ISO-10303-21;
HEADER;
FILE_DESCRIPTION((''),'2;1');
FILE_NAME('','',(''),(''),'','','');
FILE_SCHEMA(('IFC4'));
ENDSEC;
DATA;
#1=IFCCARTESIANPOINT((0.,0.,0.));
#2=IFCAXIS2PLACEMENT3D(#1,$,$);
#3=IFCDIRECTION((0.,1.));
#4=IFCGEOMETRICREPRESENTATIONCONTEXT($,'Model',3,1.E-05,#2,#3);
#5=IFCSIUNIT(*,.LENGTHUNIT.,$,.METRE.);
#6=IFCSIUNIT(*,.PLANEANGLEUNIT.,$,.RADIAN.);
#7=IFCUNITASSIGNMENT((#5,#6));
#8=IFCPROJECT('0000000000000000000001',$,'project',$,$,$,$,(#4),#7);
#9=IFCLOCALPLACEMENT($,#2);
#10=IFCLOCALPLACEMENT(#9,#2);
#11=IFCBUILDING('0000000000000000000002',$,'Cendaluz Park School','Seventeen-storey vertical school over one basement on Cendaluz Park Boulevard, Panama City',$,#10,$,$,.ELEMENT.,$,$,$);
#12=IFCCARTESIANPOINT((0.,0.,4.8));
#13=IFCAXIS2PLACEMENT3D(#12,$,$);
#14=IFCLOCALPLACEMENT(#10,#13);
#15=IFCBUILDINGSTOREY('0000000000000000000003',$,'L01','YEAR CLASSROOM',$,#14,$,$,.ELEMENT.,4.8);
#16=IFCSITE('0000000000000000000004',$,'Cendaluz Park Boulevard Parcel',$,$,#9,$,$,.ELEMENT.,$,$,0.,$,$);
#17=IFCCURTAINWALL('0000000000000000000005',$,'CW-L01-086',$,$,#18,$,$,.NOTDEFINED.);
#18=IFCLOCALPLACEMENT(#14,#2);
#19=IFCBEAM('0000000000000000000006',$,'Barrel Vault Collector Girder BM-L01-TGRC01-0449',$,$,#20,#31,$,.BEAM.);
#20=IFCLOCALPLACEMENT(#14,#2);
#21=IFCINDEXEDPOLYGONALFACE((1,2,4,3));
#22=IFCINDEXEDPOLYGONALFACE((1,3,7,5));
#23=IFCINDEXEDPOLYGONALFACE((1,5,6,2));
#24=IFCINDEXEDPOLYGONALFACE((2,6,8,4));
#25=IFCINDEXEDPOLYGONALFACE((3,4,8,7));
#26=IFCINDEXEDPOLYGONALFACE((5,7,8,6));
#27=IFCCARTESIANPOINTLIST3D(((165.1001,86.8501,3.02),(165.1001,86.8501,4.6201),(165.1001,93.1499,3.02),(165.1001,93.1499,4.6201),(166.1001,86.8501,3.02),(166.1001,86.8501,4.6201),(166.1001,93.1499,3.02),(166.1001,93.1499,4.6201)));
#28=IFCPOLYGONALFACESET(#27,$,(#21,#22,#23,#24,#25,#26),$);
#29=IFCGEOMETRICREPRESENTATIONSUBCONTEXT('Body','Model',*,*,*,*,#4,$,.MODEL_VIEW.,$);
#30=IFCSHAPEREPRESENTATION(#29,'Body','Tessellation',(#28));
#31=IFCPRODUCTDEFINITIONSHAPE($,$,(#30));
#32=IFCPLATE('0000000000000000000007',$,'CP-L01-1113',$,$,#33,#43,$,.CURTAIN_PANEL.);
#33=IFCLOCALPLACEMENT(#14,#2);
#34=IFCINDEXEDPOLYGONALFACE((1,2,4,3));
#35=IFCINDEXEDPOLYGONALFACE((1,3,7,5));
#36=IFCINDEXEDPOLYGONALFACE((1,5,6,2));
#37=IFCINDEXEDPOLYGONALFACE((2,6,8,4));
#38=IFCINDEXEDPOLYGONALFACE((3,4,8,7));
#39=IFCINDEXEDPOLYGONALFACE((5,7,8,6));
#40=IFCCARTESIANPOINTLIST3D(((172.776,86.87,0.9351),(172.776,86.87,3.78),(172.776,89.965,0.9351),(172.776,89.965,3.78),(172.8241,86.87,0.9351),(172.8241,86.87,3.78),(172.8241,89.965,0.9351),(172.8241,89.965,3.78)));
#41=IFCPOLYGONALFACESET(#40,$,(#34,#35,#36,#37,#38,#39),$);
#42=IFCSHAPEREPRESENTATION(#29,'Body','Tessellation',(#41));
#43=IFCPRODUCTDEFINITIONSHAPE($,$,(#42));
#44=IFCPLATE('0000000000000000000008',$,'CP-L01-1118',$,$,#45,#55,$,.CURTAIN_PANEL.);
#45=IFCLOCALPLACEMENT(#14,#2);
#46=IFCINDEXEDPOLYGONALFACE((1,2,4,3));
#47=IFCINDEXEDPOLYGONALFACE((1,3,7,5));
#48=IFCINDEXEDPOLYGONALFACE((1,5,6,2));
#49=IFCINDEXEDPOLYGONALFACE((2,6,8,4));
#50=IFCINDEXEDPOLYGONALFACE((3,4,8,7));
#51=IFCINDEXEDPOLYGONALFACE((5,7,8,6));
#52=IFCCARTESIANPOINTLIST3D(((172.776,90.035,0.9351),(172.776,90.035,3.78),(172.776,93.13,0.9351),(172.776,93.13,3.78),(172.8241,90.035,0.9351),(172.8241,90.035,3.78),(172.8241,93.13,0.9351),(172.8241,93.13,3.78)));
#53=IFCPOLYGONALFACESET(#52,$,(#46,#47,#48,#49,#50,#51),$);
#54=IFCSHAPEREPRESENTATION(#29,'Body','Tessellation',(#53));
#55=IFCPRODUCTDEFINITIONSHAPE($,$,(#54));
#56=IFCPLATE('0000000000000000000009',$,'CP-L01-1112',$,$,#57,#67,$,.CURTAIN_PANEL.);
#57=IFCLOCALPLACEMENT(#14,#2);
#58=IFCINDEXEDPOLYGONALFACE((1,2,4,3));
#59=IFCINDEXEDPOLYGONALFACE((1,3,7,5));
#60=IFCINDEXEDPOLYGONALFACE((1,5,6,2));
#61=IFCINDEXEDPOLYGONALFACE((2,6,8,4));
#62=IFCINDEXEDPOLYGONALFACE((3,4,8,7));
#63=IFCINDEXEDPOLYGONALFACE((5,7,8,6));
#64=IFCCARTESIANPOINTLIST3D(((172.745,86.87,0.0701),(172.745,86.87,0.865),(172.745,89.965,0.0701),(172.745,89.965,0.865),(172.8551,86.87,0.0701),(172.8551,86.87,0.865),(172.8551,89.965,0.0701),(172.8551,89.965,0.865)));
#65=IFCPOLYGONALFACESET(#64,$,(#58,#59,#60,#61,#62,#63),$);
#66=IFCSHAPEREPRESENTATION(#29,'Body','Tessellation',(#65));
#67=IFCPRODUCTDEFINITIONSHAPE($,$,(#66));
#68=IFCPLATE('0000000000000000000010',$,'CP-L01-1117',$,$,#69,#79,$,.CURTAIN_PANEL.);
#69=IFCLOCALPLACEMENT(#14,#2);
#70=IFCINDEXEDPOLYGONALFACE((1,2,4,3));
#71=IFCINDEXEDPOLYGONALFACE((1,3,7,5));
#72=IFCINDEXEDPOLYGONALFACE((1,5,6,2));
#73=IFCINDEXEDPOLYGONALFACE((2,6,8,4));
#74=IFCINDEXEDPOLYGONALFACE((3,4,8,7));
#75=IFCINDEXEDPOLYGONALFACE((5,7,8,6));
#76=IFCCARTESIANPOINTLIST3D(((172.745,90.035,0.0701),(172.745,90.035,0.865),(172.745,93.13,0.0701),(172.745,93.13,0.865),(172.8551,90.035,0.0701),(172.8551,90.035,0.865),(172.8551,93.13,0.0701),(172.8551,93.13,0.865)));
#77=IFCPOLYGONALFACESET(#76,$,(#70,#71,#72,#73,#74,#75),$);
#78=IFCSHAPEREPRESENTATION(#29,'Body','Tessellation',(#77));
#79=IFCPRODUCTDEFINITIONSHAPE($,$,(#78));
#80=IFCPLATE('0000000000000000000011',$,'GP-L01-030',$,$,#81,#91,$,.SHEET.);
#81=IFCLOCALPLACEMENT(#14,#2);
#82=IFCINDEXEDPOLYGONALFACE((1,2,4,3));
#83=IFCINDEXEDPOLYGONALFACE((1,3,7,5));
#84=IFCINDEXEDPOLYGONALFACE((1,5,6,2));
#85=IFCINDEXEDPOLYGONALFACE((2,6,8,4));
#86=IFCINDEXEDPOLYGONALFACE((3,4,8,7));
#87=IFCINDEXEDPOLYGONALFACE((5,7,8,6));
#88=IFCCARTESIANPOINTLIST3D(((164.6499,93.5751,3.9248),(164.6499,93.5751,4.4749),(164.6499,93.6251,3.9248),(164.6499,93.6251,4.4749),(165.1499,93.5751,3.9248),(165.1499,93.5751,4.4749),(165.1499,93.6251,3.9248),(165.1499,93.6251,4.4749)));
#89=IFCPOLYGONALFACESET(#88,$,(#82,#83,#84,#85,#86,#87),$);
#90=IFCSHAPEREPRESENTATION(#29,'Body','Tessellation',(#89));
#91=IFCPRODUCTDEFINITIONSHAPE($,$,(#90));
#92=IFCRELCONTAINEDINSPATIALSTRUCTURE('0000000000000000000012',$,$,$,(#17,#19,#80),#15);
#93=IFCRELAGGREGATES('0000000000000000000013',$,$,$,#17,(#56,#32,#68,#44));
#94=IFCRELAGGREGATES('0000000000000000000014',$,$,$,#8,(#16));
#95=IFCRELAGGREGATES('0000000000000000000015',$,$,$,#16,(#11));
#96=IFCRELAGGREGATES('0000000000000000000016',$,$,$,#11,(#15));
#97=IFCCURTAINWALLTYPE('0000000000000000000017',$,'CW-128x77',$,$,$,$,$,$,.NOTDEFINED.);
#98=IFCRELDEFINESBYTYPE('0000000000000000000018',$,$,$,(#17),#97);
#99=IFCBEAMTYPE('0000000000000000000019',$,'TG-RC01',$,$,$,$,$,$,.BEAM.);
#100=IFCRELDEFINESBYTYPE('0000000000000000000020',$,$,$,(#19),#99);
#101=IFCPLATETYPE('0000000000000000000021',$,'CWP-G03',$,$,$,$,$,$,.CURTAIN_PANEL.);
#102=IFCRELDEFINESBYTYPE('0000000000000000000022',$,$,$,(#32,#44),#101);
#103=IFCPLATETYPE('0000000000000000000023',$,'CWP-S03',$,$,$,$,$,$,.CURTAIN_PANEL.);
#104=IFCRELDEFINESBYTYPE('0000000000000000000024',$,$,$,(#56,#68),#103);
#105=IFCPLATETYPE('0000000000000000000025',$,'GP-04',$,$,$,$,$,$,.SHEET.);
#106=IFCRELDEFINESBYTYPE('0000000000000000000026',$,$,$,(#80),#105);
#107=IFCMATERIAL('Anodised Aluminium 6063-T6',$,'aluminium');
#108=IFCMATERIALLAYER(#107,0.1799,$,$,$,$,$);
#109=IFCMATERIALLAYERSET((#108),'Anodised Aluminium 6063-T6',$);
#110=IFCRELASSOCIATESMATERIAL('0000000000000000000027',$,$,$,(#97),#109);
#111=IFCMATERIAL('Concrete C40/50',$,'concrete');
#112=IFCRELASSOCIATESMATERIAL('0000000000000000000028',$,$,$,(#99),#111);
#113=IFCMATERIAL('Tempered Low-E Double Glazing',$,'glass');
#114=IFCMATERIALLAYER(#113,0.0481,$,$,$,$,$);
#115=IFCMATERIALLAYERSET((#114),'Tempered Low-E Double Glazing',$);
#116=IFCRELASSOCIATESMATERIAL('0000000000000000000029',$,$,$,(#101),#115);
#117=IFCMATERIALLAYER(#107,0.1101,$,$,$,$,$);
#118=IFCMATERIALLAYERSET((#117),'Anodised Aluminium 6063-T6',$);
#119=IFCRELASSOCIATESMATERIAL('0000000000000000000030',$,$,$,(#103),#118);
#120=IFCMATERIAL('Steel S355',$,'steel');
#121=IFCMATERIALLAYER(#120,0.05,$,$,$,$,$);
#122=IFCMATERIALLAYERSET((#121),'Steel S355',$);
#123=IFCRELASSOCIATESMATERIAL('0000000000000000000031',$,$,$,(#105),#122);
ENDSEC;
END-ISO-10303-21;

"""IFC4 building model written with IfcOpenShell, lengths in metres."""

from ifc_helpers import new_model, si_unit, direction, frame, origin, origin_2d, place, context, subcontext, project, spatial, rectangle, extrude, material, layer, layer_set, material_profile, profile_set, type_object, element, aggregate, save


model = new_model("IFC4")

# Units and contexts
model_context = context("Model", 3, precision=1e-05, world=origin(), true_north=direction((0.0, 1.0)))
body_context = subcontext(model_context, "Body", "Model", "MODEL_VIEW")
ifc_project = project(units=[si_unit("LENGTHUNIT", "METRE"), si_unit("PLANEANGLEUNIT", "RADIAN")], contexts=[model_context])

# Site, building, storey
site_placement = place(None, origin())
site = spatial("IfcSite", under=ifc_project, at=site_placement, Name="Cendaluz Park Boulevard Parcel", CompositionType="ELEMENT", RefElevation=0.0)
building_placement = place(site_placement, origin())
building = spatial("IfcBuilding", under=site, at=building_placement, Name="Cendaluz Park School", Description="Seventeen-storey vertical school over one basement on Cendaluz Park Boulevard, Panama City", CompositionType="ELEMENT")
storey_placement = place(building_placement, frame((0.0, 0.0, 4.8)))
storey = spatial("IfcBuildingStorey", under=building, at=storey_placement, Name="L01", Description="YEAR CLASSROOM", CompositionType="ELEMENT", Elevation=4.8)

# Shared definitions
ifc_material_1 = material(Name="Concrete C40/50", Category="concrete")

# Curtain wall
ifc_material_2 = material(Name="Anodised Aluminium 6063-T6", Category="aluminium")
ifc_layer_1 = layer(ifc_material_2, 0.1799)
ifc_layer_set_1 = layer_set([ifc_layer_1], Name="Anodised Aluminium 6063-T6")
curtain_wall_type = type_object("IfcCurtainWallType", Name="CW-128x77", PredefinedType="NOTDEFINED", material=ifc_layer_set_1)
curtain_wall_placement = place(storey_placement, origin())
curtain_wall = element("IfcCurtainWall", 1, at=curtain_wall_placement, inside=storey, type_object=curtain_wall_type, Name="CW-L01-086", PredefinedType="NOTDEFINED")

# Beam
ifc_material_profile_1 = material_profile(ifc_material_1, rectangle(XDim=1.0, YDim=1.6001, at=origin_2d()), Name="RC 1000x1600", Category="concrete")
ifc_profile_set_1 = profile_set([ifc_material_profile_1], Name="Concrete C40/50")
beam_type_1 = type_object("IfcBeamType", Name="TG-RC01", PredefinedType="BEAM", material=ifc_profile_set_1)
beam_1_placement = place(storey_placement, frame((165.6001, 86.8501, 3.8201), z_axis=(0.0, 1.0, 0.0), x_axis=(-1.0, 0.0, 0.0)))
element("IfcBeam", 2, at=beam_1_placement, inside=storey, type_object=beam_type_1, Name="Barrel Vault Collector Girder BM-L01-TGRC01-0449", PredefinedType="BEAM", context=body_context, shape_type="SweptSolid", body=[
    extrude(rectangle(XDim=1.0, YDim=1.6001, at=origin_2d()), origin(), (0.0, 0.0, 1.0), 6.2998),
])

# Plates
ifc_material_3 = material(Name="Tempered Low-E Double Glazing", Category="glass")
ifc_layer_2 = layer(ifc_material_3, 0.0481)
ifc_layer_set_2 = layer_set([ifc_layer_2], Name="Tempered Low-E Double Glazing")
plate_type_1 = type_object("IfcPlateType", Name="CWP-G03", PredefinedType="CURTAIN_PANEL", material=ifc_layer_set_2)
plate_1_placement = place(storey_placement, frame((172.8, 88.4175, 0.9351), z_axis=(0.0, 0.0, 1.0), x_axis=(0.0, 1.0, 0.0)))
plate_1 = element("IfcPlate", 3, at=plate_1_placement, type_object=plate_type_1, Name="CP-L01-1113", PredefinedType="CURTAIN_PANEL", context=body_context, shape_type="SweptSolid", body=[
    extrude(rectangle(XDim=3.095, YDim=0.0481, at=origin_2d()), origin(), (0.0, 0.0, 1.0), 2.845),
])
plate_2_placement = place(storey_placement, frame((172.8, 91.5825, 0.9351), z_axis=(0.0, 0.0, 1.0), x_axis=(0.0, 1.0, 0.0)))
plate_2 = element("IfcPlate", 4, at=plate_2_placement, type_object=plate_type_1, Name="CP-L01-1118", PredefinedType="CURTAIN_PANEL", context=body_context, shape_type="SweptSolid", body=[
    extrude(rectangle(XDim=3.095, YDim=0.0481, at=origin_2d()), origin(), (0.0, 0.0, 1.0), 2.845),
])
ifc_layer_3 = layer(ifc_material_2, 0.1101)
ifc_layer_set_3 = layer_set([ifc_layer_3], Name="Anodised Aluminium 6063-T6")
plate_type_2 = type_object("IfcPlateType", Name="CWP-S03", PredefinedType="CURTAIN_PANEL", material=ifc_layer_set_3)
plate_3_placement = place(storey_placement, frame((172.8, 88.4175, 0.0701), z_axis=(0.0, 0.0, 1.0), x_axis=(0.0, 1.0, 0.0)))
plate_3 = element("IfcPlate", 5, at=plate_3_placement, type_object=plate_type_2, Name="CP-L01-1112", PredefinedType="CURTAIN_PANEL", context=body_context, shape_type="SweptSolid", body=[
    extrude(rectangle(XDim=3.095, YDim=0.1101, at=origin_2d()), origin(), (0.0, 0.0, 1.0), 0.7949),
])
plate_4_placement = place(storey_placement, frame((172.8, 91.5825, 0.0701), z_axis=(0.0, 0.0, 1.0), x_axis=(0.0, 1.0, 0.0)))
plate_4 = element("IfcPlate", 6, at=plate_4_placement, type_object=plate_type_2, Name="CP-L01-1117", PredefinedType="CURTAIN_PANEL", context=body_context, shape_type="SweptSolid", body=[
    extrude(rectangle(XDim=3.095, YDim=0.1101, at=origin_2d()), origin(), (0.0, 0.0, 1.0), 0.7949),
])
aggregate(curtain_wall, [plate_3, plate_1, plate_4, plate_2])
ifc_material_4 = material(Name="Steel S355", Category="steel")
ifc_layer_4 = layer(ifc_material_4, 0.05)
ifc_layer_set_4 = layer_set([ifc_layer_4], Name="Steel S355")
plate_type_3 = type_object("IfcPlateType", Name="GP-04", PredefinedType="SHEET", material=ifc_layer_set_4)
plate_5_placement = place(storey_placement, frame((164.8999, 93.6001, 3.9248), z_axis=(0.0, 0.0, 1.0), x_axis=(1.0, 0.0, 0.0)))
element("IfcPlate", 7, at=plate_5_placement, inside=storey, type_object=plate_type_3, Name="GP-L01-030", PredefinedType="SHEET", context=body_context, shape_type="SweptSolid", body=[
    extrude(rectangle(XDim=0.5, YDim=0.05, at=origin_2d()), origin(), (0.0, 0.0, 1.0), 0.55),
])

save(model, "model.ifc")
